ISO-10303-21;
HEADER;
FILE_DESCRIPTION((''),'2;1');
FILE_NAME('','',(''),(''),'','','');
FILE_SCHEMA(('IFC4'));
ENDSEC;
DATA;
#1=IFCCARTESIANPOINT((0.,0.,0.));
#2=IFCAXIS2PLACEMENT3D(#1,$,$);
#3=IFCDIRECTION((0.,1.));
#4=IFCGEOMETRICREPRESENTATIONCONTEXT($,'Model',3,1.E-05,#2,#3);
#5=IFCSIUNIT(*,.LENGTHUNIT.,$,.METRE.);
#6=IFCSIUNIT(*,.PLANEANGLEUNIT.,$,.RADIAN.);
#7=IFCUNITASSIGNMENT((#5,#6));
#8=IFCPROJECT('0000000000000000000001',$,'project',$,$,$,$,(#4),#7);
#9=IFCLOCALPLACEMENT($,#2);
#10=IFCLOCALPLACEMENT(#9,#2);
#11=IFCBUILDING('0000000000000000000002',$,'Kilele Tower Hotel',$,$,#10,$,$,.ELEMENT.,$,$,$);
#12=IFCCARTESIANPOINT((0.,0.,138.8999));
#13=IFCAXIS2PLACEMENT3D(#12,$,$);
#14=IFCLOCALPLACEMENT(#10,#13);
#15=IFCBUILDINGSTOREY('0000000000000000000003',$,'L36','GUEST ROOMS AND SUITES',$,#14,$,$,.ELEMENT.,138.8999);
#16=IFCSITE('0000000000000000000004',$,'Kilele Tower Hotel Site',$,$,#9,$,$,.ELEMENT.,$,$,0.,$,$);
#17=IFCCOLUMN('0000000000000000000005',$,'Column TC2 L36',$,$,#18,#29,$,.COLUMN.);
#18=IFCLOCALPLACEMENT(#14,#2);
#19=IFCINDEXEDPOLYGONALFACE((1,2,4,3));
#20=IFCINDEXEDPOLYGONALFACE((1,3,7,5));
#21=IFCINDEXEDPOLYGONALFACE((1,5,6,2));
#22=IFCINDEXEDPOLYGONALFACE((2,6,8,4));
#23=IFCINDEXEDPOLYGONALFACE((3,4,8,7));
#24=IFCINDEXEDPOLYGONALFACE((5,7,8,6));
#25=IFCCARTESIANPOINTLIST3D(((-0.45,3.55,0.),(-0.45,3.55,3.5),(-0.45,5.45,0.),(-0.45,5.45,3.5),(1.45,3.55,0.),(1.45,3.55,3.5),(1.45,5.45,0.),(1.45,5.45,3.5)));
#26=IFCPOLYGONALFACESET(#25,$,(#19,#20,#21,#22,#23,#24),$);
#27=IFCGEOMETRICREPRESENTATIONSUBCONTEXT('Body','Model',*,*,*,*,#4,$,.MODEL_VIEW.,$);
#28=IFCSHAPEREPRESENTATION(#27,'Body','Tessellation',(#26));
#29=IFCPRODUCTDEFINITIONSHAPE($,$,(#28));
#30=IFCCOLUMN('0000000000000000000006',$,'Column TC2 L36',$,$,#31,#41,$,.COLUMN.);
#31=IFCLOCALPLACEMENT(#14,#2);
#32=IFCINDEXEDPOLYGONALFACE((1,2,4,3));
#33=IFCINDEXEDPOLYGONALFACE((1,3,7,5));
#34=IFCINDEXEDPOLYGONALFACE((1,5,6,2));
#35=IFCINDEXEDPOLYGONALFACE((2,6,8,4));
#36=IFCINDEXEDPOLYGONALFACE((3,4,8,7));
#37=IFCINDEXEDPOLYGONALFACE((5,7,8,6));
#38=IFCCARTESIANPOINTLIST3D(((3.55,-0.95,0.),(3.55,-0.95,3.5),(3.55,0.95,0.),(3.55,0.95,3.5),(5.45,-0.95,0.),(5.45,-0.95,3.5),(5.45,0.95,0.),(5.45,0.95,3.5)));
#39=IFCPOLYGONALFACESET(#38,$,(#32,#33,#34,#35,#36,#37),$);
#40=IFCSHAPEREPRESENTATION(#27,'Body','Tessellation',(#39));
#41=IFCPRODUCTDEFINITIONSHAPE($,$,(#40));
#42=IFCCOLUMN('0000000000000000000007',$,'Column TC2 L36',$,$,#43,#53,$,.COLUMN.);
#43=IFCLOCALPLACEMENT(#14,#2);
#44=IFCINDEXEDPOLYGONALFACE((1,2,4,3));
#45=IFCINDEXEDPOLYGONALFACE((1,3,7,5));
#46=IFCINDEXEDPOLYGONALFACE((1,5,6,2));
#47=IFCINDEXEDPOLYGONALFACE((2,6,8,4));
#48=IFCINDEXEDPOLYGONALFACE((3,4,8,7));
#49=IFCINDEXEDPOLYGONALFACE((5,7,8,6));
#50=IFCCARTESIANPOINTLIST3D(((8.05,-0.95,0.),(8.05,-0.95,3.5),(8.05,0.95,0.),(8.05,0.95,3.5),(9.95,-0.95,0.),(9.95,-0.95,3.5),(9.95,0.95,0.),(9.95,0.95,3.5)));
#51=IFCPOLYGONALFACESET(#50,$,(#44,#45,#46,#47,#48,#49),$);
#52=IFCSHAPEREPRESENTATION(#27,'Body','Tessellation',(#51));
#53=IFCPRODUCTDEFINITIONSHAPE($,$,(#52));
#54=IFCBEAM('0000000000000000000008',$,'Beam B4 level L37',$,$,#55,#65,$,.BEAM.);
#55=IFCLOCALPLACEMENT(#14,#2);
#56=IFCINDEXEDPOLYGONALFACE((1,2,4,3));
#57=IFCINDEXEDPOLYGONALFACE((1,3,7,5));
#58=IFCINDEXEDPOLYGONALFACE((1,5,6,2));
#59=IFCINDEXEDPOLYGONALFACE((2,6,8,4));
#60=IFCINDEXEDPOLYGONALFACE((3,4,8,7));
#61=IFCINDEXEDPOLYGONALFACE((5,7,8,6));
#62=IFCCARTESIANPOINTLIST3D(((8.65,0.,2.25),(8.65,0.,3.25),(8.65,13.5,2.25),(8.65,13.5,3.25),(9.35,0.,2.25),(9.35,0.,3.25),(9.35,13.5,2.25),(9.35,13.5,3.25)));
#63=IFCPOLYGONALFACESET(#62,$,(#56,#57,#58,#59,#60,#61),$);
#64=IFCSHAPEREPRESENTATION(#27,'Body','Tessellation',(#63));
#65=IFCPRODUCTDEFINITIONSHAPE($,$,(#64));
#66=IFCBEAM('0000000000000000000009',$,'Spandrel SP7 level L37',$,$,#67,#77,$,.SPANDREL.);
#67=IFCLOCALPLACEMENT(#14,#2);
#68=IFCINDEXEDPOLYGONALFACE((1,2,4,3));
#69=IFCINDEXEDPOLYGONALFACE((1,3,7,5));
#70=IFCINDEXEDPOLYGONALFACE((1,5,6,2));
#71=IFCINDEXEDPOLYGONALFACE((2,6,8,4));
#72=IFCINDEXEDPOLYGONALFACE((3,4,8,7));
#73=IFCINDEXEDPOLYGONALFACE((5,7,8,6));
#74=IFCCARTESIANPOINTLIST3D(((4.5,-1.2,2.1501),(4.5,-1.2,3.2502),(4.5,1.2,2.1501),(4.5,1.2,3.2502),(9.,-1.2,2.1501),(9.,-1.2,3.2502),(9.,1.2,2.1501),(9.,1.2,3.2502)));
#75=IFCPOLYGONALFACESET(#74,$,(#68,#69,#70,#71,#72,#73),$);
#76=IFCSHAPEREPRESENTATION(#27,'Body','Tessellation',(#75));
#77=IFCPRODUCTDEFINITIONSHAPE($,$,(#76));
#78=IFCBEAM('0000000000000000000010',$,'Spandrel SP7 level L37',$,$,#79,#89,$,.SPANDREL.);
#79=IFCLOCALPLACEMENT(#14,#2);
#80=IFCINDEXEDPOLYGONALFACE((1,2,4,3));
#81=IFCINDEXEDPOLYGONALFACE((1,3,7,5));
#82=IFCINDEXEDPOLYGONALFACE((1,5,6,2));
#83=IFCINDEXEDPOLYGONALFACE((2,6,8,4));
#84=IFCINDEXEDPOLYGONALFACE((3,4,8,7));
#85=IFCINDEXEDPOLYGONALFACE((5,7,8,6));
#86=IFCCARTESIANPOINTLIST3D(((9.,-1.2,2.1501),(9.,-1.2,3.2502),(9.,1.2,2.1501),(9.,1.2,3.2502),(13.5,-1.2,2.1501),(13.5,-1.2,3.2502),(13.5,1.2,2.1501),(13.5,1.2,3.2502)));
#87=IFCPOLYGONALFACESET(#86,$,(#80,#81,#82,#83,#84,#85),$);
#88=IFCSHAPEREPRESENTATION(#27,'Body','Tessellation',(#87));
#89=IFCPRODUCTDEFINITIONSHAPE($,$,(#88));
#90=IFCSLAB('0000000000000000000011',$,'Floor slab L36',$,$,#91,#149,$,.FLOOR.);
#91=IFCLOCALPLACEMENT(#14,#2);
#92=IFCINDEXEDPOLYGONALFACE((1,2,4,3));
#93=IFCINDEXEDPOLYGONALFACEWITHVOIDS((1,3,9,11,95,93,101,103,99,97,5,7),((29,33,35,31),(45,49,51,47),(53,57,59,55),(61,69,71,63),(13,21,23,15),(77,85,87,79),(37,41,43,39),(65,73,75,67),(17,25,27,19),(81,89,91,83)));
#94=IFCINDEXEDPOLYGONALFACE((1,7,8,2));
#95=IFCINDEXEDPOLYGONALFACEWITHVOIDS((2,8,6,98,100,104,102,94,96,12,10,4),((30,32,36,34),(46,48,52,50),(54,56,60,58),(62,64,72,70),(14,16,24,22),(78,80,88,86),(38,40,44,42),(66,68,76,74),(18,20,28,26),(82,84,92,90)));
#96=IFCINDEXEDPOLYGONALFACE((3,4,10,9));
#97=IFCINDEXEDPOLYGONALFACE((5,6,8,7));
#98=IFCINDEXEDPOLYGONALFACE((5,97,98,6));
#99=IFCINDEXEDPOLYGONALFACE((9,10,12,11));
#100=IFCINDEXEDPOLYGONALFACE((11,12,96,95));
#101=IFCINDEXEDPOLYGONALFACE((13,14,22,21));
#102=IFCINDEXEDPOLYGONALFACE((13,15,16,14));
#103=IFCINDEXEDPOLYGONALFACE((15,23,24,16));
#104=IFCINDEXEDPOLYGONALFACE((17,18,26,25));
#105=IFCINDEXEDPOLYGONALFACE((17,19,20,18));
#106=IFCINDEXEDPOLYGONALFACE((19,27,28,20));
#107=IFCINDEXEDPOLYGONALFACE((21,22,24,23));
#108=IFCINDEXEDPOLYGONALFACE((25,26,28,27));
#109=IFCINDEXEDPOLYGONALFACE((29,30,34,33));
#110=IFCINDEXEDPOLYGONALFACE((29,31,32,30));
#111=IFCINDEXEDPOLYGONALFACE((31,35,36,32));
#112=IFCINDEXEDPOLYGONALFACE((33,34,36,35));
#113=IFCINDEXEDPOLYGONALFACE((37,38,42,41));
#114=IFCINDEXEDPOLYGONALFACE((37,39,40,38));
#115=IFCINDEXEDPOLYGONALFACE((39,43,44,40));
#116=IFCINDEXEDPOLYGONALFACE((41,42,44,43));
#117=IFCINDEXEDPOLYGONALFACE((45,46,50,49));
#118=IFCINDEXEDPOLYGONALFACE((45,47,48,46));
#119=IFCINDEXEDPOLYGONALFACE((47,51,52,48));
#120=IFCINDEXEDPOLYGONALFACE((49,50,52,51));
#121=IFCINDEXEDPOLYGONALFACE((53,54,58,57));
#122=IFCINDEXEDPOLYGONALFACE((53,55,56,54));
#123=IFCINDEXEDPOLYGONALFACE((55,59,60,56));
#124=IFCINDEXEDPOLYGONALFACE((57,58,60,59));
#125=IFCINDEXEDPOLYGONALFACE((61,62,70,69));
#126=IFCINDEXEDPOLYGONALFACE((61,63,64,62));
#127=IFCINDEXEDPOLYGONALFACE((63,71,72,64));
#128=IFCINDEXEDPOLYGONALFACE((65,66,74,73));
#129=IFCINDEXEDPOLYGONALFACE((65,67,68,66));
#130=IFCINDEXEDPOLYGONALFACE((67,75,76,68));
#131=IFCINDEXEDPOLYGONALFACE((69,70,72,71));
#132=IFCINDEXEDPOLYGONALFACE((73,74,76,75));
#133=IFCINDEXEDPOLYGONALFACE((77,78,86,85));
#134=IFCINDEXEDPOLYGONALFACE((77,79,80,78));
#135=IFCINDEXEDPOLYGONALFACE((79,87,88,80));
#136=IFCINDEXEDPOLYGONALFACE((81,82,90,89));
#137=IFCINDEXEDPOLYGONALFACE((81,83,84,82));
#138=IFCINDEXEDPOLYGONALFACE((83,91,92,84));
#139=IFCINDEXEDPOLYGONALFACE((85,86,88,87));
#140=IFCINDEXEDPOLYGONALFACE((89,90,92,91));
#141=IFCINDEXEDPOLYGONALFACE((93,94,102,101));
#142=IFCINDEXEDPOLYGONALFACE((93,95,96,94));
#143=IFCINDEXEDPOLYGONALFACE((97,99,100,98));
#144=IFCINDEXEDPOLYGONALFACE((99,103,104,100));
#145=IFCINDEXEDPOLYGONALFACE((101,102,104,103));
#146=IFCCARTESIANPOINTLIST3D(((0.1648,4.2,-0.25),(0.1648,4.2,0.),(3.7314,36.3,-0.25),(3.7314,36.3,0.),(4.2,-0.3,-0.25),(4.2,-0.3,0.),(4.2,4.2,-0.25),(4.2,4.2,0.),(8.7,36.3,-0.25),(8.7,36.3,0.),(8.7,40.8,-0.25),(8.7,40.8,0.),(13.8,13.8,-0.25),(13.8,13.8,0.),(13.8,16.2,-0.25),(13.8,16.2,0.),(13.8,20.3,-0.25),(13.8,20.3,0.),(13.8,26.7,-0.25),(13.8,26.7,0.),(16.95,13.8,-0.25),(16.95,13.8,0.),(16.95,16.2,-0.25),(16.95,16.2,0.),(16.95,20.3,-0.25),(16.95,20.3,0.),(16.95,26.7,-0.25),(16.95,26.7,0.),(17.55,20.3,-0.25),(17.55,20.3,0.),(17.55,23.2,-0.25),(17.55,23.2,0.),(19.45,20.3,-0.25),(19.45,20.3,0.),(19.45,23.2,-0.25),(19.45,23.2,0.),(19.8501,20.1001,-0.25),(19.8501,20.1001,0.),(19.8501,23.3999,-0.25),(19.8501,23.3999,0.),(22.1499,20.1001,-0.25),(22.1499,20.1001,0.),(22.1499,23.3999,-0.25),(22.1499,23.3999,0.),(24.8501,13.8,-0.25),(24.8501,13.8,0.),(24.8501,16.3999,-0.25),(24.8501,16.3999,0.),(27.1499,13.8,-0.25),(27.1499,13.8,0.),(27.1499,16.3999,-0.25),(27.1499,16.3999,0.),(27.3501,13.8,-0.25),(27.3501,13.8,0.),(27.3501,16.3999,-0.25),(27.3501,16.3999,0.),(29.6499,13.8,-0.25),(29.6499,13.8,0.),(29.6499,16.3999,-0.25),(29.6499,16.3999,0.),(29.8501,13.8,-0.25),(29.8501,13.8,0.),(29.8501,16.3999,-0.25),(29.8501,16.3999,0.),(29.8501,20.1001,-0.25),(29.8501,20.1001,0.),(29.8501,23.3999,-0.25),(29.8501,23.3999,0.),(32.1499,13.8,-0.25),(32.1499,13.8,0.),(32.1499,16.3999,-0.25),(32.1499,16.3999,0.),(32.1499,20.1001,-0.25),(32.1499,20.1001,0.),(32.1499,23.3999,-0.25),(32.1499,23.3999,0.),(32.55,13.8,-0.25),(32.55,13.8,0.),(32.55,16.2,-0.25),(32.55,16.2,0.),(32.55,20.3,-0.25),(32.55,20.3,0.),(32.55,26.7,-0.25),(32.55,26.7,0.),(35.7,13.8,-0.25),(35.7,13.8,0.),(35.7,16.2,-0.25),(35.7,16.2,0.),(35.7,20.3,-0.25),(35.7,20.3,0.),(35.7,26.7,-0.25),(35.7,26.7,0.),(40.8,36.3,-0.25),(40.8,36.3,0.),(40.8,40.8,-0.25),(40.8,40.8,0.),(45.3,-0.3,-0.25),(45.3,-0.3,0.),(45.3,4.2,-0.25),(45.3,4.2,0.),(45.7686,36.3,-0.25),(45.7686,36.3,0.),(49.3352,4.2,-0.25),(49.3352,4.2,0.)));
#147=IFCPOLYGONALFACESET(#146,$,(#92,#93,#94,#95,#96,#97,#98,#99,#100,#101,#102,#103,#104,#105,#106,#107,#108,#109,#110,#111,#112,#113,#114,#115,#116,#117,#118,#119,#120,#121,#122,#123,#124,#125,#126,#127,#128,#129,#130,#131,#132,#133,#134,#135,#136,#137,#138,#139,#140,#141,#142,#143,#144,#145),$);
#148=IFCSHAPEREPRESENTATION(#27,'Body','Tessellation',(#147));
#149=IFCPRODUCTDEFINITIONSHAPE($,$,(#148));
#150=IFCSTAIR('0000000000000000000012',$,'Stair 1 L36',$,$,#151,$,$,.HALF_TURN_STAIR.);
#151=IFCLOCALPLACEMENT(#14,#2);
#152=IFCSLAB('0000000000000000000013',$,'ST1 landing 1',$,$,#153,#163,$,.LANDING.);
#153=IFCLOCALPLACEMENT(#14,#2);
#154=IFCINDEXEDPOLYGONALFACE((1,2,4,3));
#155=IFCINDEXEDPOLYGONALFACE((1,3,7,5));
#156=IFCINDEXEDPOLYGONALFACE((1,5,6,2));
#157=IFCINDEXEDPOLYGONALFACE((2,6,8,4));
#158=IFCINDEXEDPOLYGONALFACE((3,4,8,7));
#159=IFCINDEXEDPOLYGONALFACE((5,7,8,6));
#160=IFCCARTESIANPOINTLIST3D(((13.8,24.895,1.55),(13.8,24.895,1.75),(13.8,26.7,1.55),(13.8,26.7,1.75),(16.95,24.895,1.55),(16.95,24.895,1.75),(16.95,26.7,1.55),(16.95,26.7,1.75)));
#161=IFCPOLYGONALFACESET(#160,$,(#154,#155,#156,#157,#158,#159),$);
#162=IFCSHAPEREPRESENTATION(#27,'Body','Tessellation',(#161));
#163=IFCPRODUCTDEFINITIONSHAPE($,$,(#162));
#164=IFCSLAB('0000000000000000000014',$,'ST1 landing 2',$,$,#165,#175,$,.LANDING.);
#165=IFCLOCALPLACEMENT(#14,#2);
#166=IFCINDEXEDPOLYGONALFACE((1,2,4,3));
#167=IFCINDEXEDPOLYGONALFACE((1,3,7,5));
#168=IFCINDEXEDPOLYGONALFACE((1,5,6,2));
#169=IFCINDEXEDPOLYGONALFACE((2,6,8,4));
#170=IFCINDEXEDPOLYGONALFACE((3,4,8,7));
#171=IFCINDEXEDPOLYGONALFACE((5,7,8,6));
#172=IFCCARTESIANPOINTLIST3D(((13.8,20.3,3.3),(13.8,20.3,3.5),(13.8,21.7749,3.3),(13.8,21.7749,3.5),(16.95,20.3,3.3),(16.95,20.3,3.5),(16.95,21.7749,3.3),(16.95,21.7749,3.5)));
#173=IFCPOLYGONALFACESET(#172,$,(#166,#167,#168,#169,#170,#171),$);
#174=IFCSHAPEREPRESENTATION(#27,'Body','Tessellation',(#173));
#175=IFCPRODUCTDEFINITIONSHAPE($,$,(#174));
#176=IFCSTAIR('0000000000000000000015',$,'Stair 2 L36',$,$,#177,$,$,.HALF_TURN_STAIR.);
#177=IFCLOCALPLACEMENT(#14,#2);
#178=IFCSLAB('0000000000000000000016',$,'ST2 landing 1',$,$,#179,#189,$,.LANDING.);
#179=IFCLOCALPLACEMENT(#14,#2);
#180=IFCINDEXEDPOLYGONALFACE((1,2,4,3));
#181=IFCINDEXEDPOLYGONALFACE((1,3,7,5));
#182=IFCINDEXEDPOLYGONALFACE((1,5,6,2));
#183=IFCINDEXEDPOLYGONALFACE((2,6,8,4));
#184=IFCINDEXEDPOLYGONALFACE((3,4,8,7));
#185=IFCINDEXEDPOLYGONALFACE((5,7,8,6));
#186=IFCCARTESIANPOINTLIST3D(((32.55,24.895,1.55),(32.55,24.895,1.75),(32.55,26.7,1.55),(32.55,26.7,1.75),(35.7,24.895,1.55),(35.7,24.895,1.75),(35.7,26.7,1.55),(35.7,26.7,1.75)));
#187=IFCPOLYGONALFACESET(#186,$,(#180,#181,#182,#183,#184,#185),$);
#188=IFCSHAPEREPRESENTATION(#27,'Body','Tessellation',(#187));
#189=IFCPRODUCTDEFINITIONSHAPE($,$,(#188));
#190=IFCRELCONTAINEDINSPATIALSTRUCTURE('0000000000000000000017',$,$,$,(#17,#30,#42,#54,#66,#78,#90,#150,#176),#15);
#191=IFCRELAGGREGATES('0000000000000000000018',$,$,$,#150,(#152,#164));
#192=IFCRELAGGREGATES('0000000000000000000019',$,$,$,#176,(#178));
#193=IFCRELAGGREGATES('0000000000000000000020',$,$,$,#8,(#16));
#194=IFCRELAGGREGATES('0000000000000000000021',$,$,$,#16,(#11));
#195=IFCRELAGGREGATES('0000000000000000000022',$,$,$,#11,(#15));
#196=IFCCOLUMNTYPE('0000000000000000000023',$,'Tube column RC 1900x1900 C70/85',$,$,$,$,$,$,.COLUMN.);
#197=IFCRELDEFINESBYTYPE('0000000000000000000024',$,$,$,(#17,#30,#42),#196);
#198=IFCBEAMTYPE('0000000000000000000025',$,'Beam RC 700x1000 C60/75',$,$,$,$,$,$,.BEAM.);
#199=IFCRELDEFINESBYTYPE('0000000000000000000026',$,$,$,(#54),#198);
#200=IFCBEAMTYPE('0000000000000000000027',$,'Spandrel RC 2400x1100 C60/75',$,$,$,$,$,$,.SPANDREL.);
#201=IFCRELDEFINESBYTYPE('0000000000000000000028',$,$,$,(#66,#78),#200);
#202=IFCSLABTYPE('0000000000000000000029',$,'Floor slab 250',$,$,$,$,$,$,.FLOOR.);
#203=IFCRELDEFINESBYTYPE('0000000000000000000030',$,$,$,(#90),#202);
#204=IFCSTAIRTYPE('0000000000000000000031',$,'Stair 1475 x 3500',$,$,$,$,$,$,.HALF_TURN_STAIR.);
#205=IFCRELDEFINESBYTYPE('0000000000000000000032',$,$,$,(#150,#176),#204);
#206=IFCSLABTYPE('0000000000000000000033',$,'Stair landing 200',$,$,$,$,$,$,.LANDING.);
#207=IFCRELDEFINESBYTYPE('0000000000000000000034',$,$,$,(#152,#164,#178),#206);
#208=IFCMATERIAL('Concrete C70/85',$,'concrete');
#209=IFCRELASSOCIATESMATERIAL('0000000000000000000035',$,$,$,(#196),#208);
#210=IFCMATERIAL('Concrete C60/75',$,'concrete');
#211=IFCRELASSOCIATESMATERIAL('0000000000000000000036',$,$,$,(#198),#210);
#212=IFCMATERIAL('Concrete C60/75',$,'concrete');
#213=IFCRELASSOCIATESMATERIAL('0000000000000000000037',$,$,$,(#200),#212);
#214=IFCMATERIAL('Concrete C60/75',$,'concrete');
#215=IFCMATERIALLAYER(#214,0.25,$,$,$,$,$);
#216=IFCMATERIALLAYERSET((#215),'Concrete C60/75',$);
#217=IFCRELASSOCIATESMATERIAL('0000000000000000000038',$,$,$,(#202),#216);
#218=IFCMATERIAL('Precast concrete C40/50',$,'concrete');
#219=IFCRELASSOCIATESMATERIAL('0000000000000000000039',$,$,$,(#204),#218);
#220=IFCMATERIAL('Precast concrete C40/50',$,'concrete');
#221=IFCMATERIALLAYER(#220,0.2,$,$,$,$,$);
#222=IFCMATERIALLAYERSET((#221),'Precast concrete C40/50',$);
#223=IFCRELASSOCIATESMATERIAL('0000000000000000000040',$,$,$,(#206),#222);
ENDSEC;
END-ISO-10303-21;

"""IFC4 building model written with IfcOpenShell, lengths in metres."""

from ifc_helpers import new_model, si_unit, direction, frame, origin, origin_2d, place, context, subcontext, project, spatial, polyline, rectangle, outline, extrude, material, layer, layer_set, material_profile, profile_set, type_object, element, aggregate, save


model = new_model("IFC4")

# Units and contexts
model_context = context("Model", 3, precision=1e-05, world=origin(), true_north=direction((0.0, 1.0)))
body_context = subcontext(model_context, "Body", "Model", "MODEL_VIEW")
ifc_project = project(units=[si_unit("LENGTHUNIT", "METRE"), si_unit("PLANEANGLEUNIT", "RADIAN")], contexts=[model_context])

# Site, building, storey
site_placement = place(None, origin())
site = spatial("IfcSite", under=ifc_project, at=site_placement, Name="Kilele Tower Hotel Site", CompositionType="ELEMENT", RefElevation=0.0)
building_placement = place(site_placement, origin())
building = spatial("IfcBuilding", under=site, at=building_placement, Name="Kilele Tower Hotel", CompositionType="ELEMENT")
storey_placement = place(building_placement, frame((0.0, 0.0, 138.8999)))
storey = spatial("IfcBuildingStorey", under=building, at=storey_placement, Name="L36", Description="GUEST ROOMS AND SUITES", CompositionType="ELEMENT", Elevation=138.8999)

# Columns
ifc_material_1 = material(Name="Concrete C70/85", Category="concrete")
ifc_material_profile_1 = material_profile(ifc_material_1, rectangle(XDim=1.8999, YDim=1.8999, at=origin_2d()))
ifc_profile_set_1 = profile_set([ifc_material_profile_1], Name="Concrete C70/85")
column_type = type_object("IfcColumnType", Name="Tube column RC 1900x1900 C70/85", PredefinedType="COLUMN", material=ifc_profile_set_1)
for number, where, z_axis, x_axis, name in (
    (1, (0.5, 4.5, 0.0), (0.0, 0.0, 1.0), (1.0, 0.0, 0.0), "Column TC2 L36"),
    (2, (4.5, 0.0, 0.0), (0.0, 0.0, 1.0), (1.0, 0.0, 0.0), "Column TC2 L36"),
    (3, (9.0, 0.0, 0.0), (0.0, 0.0, 1.0), (1.0, 0.0, 0.0), "Column TC2 L36"),
):
    element("IfcColumn", number, at=place(storey_placement, frame(where, z_axis=z_axis, x_axis=x_axis)), inside=storey, type_object=column_type, Name=name, PredefinedType="COLUMN", context=body_context, shape_type="SweptSolid", body=[
        extrude(rectangle(XDim=1.8999, YDim=1.8999, at=origin_2d()), origin(), (0.0, 0.0, 1.0), 3.5),
    ])

# Beams
ifc_material_2 = material(Name="Concrete C60/75", Category="concrete")
ifc_material_profile_2 = material_profile(ifc_material_2, rectangle(XDim=0.7, YDim=1.0, at=origin_2d()))
ifc_profile_set_2 = profile_set([ifc_material_profile_2], Name="Concrete C60/75")
beam_type_1 = type_object("IfcBeamType", Name="Beam RC 700x1000 C60/75", PredefinedType="BEAM", material=ifc_profile_set_2)
beam_placement = place(storey_placement, frame((9.0, 0.0, 2.75), z_axis=(0.0, 1.0, 0.0), x_axis=(-1.0, 0.0, 0.0)))
element("IfcBeam", 4, at=beam_placement, inside=storey, type_object=beam_type_1, Name="Beam B4 level L37", PredefinedType="BEAM", context=body_context, shape_type="SweptSolid", body=[
    extrude(rectangle(XDim=0.7, YDim=1.0, at=origin_2d()), origin(), (0.0, 0.0, 1.0), 13.5),
])
ifc_material_3 = material(Name="Concrete C60/75", Category="concrete")
ifc_material_profile_3 = material_profile(ifc_material_3, rectangle(XDim=2.3999, YDim=1.1001, at=origin_2d()))
ifc_profile_set_3 = profile_set([ifc_material_profile_3], Name="Concrete C60/75")
beam_type_2 = type_object("IfcBeamType", Name="Spandrel RC 2400x1100 C60/75", PredefinedType="SPANDREL", material=ifc_profile_set_3)
for number, where, z_axis, x_axis, name in (
    (5, (4.5, 0.0, 2.7002), (1.0, 0.0, 0.0), (0.0, 1.0, 0.0), "Spandrel SP7 level L37"),
    (6, (9.0, 0.0, 2.7002), (1.0, 0.0, 0.0), (0.0, 1.0, 0.0), "Spandrel SP7 level L37"),
):
    element("IfcBeam", number, at=place(storey_placement, frame(where, z_axis=z_axis, x_axis=x_axis)), inside=storey, type_object=beam_type_2, Name=name, PredefinedType="SPANDREL", context=body_context, shape_type="SweptSolid", body=[
        extrude(rectangle(XDim=2.3999, YDim=1.1001, at=origin_2d()), origin(), (0.0, 0.0, 1.0), 4.5),
    ])

# Slab
ifc_material_4 = material(Name="Concrete C60/75", Category="concrete")
ifc_layer_1 = layer(ifc_material_4, 0.25)
ifc_layer_set_1 = layer_set([ifc_layer_1], Name="Concrete C60/75")
slab_type_1 = type_object("IfcSlabType", Name="Floor slab 250", PredefinedType="FLOOR", material=ifc_layer_set_1)
slab_1_placement = place(storey_placement, frame((0.0, 0.0, -0.25)))
element("IfcSlab", 7, at=slab_1_placement, inside=storey, type_object=slab_type_1, Name="Floor slab L36", PredefinedType="FLOOR", context=body_context, shape_type="SweptSolid", body=[
    extrude(outline(polyline([(8.7, 36.3), (8.7, 40.8), (40.8, 40.8), (40.8, 36.3), (45.7686, 36.3), (49.3352, 4.2), (45.3, 4.2), (45.3, -0.3), (4.2, -0.3), (4.2, 4.2), (0.1648, 4.2), (3.7314, 36.3), (8.7, 36.3)]), holes=[polyline([(16.95, 16.2), (13.8, 16.2), (13.8, 13.8), (16.95, 13.8), (16.95, 16.2)]), polyline([(35.7, 16.2), (32.55, 16.2), (32.55, 13.8), (35.7, 13.8), (35.7, 16.2)]), polyline([(27.1499, 16.3999), (24.8501, 16.3999), (24.8501, 13.8), (27.1499, 13.8), (27.1499, 16.3999)]), polyline([(29.6499, 13.8), (29.6499, 16.3999), (27.3501, 16.3999), (27.3501, 13.8), (29.6499, 13.8)]), polyline([(32.1499, 13.8), (32.1499, 16.3999), (29.8501, 16.3999), (29.8501, 13.8), (32.1499, 13.8)]), polyline([(19.45, 23.2), (17.55, 23.2), (17.55, 20.3), (19.45, 20.3), (19.45, 23.2)]), polyline([(22.1499, 23.3999), (19.8501, 23.3999), (19.8501, 20.1001), (22.1499, 20.1001), (22.1499, 23.3999)]), polyline([(32.1499, 23.3999), (29.8501, 23.3999), (29.8501, 20.1001), (32.1499, 20.1001), (32.1499, 23.3999)]), polyline([(16.95, 20.3), (16.95, 26.7), (13.8, 26.7), (13.8, 20.3), (16.95, 20.3)]), polyline([(35.7, 20.3), (35.7, 26.7), (32.55, 26.7), (32.55, 20.3), (35.7, 20.3)])]), origin(), (0.0, 0.0, 1.0), 0.25),
])

# Stairs, slabs
ifc_material_5 = material(Name="Precast concrete C40/50", Category="concrete")
stair_type = type_object("IfcStairType", Name="Stair 1475 x 3500", PredefinedType="HALF_TURN_STAIR", material=ifc_material_5)
stair_1_placement = place(storey_placement, origin())
stair_1 = element("IfcStair", 8, at=stair_1_placement, inside=storey, type_object=stair_type, Name="Stair 1 L36", PredefinedType="HALF_TURN_STAIR")
ifc_material_6 = material(Name="Precast concrete C40/50", Category="concrete")
ifc_layer_2 = layer(ifc_material_6, 0.2)
ifc_layer_set_2 = layer_set([ifc_layer_2], Name="Precast concrete C40/50")
slab_type_2 = type_object("IfcSlabType", Name="Stair landing 200", PredefinedType="LANDING", material=ifc_layer_set_2)
slab_2_placement = place(storey_placement, frame((0.0, 0.0, 1.55)))
slab_2 = element("IfcSlab", 9, at=slab_2_placement, type_object=slab_type_2, Name="ST1 landing 1", PredefinedType="LANDING", context=body_context, shape_type="SweptSolid", body=[
    extrude(outline(polyline([(13.8, 24.895), (16.95, 24.895), (16.95, 26.7), (13.8, 26.7), (13.8, 24.895)])), origin(), (0.0, 0.0, 1.0), 0.2),
])
slab_3_placement = place(storey_placement, frame((0.0, 0.0, 3.3)))
slab_3 = element("IfcSlab", 10, at=slab_3_placement, type_object=slab_type_2, Name="ST1 landing 2", PredefinedType="LANDING", context=body_context, shape_type="SweptSolid", body=[
    extrude(outline(polyline([(13.8, 20.3), (16.95, 20.3), (16.95, 21.7749), (13.8, 21.7749), (13.8, 20.3)])), origin(), (0.0, 0.0, 1.0), 0.2),
])
aggregate(stair_1, [slab_2, slab_3])
stair_2_placement = place(storey_placement, origin())
stair_2 = element("IfcStair", 11, at=stair_2_placement, inside=storey, type_object=stair_type, Name="Stair 2 L36", PredefinedType="HALF_TURN_STAIR")
slab_4_placement = place(storey_placement, frame((0.0, 0.0, 1.55)))
slab_4 = element("IfcSlab", 12, at=slab_4_placement, type_object=slab_type_2, Name="ST2 landing 1", PredefinedType="LANDING", context=body_context, shape_type="SweptSolid", body=[
    extrude(outline(polyline([(32.55, 24.895), (35.7, 24.895), (35.7, 26.7), (32.55, 26.7), (32.55, 24.895)])), origin(), (0.0, 0.0, 1.0), 0.2),
])
aggregate(stair_2, [slab_4])

save(model, "model.ifc")
